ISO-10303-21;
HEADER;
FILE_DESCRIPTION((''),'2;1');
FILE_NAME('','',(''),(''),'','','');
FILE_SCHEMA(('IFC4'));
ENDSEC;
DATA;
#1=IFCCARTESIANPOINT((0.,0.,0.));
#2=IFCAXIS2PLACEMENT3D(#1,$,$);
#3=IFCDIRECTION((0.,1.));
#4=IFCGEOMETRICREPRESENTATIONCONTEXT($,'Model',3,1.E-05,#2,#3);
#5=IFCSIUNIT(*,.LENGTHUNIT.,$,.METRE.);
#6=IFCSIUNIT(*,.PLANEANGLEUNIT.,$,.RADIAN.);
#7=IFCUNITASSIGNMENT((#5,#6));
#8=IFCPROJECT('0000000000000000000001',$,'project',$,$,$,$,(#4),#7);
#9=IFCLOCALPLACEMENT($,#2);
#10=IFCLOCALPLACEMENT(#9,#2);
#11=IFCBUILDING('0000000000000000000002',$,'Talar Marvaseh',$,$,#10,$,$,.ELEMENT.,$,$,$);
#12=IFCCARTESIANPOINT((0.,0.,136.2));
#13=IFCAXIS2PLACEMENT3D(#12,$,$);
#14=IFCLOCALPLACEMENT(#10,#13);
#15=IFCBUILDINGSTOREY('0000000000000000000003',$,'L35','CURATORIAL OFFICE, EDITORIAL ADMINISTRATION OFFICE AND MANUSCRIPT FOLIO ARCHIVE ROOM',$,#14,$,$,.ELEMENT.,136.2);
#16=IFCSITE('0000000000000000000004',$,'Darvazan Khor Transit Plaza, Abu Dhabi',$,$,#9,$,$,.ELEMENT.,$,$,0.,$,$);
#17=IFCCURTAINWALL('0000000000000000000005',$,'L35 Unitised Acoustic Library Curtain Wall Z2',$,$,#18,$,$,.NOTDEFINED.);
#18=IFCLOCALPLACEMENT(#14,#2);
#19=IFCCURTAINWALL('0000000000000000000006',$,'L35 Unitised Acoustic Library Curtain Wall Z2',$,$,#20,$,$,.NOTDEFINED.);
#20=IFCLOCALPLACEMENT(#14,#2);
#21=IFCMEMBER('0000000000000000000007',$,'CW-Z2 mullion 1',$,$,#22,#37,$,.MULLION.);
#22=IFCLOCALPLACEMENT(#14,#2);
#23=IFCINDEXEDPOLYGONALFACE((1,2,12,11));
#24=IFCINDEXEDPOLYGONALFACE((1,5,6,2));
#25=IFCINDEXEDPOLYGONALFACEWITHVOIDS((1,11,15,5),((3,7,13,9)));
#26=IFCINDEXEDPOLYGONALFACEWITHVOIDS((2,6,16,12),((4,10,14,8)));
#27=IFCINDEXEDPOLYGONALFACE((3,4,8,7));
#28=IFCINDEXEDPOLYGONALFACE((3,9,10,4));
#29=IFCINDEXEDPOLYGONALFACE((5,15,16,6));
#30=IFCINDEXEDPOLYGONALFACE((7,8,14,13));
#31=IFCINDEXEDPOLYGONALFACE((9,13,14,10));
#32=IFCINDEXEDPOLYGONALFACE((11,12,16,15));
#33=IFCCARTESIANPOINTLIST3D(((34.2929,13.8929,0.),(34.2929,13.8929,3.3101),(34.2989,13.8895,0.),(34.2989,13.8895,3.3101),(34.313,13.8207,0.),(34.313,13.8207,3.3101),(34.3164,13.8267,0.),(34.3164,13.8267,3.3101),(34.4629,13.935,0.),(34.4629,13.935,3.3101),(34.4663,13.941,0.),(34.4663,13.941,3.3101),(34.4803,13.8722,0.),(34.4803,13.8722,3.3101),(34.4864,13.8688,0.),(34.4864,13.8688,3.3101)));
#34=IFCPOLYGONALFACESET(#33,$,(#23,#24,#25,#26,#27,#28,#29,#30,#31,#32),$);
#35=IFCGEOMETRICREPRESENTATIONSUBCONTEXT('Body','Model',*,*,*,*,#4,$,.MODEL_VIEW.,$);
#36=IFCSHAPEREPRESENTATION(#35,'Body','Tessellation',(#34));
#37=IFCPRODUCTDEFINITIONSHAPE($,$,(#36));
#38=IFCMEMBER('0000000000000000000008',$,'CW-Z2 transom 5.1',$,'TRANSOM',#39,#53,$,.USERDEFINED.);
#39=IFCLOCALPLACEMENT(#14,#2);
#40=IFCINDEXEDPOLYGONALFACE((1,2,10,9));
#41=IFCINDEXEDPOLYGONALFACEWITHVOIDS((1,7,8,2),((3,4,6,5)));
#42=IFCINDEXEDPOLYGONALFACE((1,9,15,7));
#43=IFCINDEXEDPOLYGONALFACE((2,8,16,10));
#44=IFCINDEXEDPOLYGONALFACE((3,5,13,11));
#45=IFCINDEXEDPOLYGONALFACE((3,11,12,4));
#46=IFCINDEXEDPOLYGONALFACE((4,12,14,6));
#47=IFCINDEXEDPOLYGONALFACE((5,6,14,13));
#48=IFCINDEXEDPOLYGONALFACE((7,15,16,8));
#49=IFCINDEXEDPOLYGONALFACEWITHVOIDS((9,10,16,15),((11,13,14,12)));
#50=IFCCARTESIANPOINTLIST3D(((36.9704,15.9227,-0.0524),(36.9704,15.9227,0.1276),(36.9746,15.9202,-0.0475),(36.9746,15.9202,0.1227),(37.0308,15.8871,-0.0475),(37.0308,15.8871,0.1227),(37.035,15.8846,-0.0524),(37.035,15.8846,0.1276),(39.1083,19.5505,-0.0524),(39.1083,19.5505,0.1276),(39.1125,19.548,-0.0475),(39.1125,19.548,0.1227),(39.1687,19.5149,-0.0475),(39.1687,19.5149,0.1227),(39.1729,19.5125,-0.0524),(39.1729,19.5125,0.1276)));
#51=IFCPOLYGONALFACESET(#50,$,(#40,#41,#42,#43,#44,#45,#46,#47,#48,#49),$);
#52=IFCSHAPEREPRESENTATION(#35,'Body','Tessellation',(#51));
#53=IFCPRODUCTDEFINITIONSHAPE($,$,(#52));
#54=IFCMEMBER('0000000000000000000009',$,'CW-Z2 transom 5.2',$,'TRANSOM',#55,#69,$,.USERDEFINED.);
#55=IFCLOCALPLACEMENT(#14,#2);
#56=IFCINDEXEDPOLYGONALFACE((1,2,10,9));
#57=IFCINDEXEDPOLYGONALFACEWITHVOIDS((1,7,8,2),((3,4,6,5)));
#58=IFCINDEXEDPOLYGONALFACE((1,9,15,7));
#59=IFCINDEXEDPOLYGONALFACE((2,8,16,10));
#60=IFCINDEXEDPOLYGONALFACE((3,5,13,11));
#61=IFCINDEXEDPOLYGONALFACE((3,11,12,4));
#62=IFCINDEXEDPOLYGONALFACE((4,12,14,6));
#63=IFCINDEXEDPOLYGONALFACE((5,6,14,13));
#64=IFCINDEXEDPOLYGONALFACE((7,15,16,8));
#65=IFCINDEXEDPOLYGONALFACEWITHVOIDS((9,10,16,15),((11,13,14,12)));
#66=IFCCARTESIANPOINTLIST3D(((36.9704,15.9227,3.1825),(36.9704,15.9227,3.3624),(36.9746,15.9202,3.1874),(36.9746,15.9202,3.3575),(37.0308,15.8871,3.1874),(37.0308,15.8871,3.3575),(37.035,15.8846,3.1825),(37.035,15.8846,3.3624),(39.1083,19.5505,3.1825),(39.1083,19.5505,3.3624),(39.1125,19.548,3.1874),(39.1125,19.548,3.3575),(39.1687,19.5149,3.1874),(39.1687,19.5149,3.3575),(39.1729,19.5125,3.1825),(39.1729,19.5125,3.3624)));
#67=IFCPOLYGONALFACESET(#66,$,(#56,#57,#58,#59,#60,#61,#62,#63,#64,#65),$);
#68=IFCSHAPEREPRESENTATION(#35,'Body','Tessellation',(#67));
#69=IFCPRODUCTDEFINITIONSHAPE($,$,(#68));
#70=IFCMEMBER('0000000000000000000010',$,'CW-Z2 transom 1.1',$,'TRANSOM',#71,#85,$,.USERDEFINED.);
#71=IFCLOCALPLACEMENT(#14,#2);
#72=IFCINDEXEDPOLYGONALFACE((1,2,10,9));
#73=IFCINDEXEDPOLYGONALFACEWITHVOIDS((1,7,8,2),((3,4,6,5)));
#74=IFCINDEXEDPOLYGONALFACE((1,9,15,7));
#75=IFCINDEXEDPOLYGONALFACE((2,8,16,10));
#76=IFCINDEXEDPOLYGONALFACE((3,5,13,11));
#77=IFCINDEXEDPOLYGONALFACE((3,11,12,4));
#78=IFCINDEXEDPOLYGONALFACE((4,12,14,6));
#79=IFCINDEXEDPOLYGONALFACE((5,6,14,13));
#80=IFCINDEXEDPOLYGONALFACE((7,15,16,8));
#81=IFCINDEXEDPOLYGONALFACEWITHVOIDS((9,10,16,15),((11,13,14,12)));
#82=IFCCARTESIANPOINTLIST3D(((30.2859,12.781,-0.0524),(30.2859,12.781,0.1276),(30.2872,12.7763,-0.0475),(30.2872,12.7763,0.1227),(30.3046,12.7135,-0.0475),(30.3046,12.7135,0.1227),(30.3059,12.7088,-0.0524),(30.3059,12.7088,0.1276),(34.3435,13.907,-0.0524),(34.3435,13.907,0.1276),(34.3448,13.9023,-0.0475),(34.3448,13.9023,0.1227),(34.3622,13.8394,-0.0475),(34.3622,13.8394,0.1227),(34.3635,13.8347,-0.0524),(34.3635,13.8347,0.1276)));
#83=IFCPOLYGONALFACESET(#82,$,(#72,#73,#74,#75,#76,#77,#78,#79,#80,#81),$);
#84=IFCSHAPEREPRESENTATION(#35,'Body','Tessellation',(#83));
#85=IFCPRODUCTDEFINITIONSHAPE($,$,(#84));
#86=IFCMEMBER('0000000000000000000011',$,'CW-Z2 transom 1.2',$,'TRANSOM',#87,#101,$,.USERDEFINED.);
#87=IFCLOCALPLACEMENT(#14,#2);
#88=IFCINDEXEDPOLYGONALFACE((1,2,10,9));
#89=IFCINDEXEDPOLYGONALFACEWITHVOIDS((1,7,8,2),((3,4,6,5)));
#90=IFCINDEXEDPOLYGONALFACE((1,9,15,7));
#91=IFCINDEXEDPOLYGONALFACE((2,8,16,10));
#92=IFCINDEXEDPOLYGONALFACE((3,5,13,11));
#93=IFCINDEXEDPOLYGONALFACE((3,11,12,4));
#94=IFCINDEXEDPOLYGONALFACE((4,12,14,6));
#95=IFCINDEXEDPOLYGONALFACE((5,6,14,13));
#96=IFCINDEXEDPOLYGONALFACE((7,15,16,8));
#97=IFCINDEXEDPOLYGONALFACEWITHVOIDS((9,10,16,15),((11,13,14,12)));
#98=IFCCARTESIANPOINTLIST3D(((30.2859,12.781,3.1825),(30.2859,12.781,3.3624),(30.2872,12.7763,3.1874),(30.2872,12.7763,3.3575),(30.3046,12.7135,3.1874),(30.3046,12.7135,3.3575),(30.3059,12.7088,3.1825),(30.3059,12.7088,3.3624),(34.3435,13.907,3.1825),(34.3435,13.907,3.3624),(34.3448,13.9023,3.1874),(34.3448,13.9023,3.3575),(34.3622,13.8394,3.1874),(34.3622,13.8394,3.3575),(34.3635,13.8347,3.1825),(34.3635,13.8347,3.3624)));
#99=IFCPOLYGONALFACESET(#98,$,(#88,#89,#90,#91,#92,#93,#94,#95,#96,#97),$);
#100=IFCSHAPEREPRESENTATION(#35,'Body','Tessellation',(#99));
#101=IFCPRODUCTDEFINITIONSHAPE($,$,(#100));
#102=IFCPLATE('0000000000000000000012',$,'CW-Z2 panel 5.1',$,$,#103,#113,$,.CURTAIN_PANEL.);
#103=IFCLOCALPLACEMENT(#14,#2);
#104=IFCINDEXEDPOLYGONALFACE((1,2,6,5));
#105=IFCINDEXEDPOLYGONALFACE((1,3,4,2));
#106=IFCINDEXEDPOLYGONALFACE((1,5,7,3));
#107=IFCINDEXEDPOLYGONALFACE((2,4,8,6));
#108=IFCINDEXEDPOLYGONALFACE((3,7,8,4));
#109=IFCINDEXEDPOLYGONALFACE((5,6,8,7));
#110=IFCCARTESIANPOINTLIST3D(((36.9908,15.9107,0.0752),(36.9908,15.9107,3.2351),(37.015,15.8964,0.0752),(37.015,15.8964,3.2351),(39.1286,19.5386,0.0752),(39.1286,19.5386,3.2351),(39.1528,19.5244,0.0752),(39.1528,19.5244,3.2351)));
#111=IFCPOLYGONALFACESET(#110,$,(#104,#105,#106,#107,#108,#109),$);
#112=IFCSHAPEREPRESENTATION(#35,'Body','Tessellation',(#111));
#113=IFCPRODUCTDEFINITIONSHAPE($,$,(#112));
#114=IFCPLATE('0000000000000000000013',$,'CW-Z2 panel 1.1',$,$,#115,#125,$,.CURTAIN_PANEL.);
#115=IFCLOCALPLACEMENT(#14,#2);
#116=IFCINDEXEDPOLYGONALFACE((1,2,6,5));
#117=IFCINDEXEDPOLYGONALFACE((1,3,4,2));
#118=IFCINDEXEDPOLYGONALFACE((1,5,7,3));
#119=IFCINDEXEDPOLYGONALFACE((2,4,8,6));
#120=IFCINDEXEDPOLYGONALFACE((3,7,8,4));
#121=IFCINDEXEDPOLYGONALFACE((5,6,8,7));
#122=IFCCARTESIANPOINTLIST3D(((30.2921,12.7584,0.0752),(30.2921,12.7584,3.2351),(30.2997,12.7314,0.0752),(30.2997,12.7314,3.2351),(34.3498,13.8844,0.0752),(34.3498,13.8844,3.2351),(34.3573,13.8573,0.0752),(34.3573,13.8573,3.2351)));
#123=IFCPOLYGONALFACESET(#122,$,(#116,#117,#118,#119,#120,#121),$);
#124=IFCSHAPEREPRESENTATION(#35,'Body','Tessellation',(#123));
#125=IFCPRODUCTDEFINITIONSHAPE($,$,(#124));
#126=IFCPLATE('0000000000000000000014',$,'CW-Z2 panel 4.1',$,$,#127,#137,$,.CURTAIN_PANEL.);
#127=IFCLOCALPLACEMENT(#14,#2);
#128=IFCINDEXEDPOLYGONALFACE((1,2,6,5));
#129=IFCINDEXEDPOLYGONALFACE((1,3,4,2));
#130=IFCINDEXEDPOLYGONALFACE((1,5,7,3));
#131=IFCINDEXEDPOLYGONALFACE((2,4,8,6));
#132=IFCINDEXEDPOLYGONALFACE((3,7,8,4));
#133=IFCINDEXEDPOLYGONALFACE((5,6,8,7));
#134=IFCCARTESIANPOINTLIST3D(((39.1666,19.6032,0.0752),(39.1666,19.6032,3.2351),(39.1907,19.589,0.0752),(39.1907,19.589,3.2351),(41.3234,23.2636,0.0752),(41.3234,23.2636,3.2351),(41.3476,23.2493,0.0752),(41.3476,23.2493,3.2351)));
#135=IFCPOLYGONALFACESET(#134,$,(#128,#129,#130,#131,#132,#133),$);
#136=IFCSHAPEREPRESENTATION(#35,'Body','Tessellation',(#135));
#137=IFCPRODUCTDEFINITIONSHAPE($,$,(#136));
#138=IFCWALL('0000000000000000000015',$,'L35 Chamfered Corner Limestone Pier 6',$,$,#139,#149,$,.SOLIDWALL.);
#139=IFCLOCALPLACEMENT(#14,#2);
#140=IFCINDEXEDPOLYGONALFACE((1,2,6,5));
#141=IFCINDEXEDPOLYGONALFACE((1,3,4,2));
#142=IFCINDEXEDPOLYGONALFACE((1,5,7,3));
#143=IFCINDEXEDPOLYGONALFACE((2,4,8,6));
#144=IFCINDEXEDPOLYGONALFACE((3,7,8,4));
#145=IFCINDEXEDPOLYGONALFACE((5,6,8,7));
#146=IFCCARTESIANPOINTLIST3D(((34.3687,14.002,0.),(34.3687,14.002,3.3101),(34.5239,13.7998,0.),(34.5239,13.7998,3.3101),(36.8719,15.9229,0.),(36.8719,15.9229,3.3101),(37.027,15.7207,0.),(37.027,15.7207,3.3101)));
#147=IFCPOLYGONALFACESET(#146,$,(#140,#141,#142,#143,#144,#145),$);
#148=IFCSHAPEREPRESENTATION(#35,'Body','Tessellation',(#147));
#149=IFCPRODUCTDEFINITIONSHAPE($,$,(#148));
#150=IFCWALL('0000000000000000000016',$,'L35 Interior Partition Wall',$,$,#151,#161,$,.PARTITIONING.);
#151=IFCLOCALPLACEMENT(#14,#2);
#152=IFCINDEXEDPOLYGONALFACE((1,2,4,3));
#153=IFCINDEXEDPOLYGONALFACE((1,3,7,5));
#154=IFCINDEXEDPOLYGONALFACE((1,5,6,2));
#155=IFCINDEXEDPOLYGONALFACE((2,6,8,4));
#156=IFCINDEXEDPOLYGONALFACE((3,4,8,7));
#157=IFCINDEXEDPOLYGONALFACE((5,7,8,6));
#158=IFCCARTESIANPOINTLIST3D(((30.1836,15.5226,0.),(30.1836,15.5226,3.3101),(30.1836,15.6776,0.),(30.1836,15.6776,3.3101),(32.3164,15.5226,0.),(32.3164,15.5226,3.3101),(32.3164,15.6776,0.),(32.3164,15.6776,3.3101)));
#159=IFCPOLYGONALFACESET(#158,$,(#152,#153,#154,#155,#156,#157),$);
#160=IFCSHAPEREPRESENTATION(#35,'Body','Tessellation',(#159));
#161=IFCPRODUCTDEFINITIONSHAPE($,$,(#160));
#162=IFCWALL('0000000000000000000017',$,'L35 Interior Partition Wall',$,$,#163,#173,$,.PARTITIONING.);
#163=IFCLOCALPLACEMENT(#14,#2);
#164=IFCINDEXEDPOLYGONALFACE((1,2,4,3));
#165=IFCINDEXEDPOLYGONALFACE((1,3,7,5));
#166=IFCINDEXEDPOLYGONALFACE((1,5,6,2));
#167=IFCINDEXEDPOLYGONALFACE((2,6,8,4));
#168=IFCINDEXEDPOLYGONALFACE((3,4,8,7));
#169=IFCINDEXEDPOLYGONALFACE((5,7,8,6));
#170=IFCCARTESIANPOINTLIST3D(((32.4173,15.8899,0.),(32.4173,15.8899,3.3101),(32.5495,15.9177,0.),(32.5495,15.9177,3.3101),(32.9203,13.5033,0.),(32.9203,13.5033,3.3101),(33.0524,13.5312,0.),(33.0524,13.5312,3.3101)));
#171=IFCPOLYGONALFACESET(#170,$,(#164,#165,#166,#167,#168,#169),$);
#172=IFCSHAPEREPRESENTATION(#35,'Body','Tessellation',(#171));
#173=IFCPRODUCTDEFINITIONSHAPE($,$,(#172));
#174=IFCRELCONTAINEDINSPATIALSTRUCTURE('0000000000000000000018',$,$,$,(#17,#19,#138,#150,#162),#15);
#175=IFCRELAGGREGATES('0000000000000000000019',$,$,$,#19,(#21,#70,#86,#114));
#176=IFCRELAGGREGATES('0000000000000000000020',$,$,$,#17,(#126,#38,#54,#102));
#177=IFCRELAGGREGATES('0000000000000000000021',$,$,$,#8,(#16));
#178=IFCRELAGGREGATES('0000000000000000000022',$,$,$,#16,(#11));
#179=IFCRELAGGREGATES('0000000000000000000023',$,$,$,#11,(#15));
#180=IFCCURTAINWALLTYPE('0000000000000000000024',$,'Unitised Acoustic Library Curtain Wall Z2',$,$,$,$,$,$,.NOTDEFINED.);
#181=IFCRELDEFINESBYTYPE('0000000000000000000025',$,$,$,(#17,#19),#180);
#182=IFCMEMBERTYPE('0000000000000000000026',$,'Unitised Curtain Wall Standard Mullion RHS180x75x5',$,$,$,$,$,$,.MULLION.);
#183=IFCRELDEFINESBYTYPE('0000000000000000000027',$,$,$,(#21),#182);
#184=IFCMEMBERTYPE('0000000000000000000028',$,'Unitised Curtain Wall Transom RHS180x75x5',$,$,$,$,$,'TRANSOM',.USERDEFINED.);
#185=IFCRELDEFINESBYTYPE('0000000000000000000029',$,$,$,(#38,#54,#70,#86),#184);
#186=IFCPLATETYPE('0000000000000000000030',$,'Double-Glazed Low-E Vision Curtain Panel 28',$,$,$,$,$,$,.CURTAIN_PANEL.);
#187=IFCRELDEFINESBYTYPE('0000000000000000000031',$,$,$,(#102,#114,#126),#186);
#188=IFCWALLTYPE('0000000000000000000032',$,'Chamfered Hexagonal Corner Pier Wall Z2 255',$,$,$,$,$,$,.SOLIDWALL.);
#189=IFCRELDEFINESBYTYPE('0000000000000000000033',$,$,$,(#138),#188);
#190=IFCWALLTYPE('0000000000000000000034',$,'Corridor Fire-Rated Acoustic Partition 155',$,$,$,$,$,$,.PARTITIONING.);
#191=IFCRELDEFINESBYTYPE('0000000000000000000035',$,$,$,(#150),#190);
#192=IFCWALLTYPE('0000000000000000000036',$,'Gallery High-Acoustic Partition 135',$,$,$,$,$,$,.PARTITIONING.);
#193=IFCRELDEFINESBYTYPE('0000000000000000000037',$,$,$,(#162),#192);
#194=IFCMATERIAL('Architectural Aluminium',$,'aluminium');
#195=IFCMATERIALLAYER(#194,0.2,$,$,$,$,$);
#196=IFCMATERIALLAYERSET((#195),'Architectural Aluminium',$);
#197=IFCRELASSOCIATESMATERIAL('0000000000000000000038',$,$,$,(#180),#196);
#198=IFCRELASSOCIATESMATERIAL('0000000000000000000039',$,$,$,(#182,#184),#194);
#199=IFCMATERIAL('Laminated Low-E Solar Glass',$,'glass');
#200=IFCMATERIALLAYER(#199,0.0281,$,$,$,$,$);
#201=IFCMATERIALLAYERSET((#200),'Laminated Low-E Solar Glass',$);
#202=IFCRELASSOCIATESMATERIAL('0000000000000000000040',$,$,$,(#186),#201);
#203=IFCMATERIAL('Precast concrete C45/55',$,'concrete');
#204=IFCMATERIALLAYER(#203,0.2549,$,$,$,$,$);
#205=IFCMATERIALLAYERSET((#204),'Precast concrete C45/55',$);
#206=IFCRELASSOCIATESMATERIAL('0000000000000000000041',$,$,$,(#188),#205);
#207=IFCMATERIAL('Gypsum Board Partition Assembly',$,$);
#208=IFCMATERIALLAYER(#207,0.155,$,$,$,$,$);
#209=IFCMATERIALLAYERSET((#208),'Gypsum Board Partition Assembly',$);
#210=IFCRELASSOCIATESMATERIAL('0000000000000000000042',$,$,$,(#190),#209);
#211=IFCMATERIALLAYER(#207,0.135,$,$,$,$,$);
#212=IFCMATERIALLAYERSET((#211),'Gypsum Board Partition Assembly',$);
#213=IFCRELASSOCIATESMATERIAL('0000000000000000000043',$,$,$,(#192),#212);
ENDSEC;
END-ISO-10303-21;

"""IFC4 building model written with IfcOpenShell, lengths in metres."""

from ifc_helpers import new_model, si_unit, direction, frame, frame_2d, origin, origin_2d, place, context, subcontext, project, spatial, rectangle, hollow_rectangle, extrude, source, transform, mapped, material, layer, layer_set, material_profile, profile_set, type_object, type_shapes, element, aggregate, save


model = new_model("IFC4")

# Units and contexts
model_context = context("Model", 3, precision=1e-05, world=origin(), true_north=direction((0.0, 1.0)))
body_context = subcontext(model_context, "Body", "Model", "MODEL_VIEW")
ifc_project = project(units=[si_unit("LENGTHUNIT", "METRE"), si_unit("PLANEANGLEUNIT", "RADIAN")], contexts=[model_context])

# Site, building, storey
site_placement = place(None, origin())
site = spatial("IfcSite", under=ifc_project, at=site_placement, Name="Darvazan Khor Transit Plaza, Abu Dhabi", CompositionType="ELEMENT", RefElevation=0.0)
building_placement = place(site_placement, origin())
building = spatial("IfcBuilding", under=site, at=building_placement, Name="Talar Marvaseh", CompositionType="ELEMENT")
storey_placement = place(building_placement, frame((0.0, 0.0, 136.2)))
storey = spatial("IfcBuildingStorey", under=building, at=storey_placement, Name="L35", Description="CURATORIAL OFFICE, EDITORIAL ADMINISTRATION OFFICE AND MANUSCRIPT FOLIO ARCHIVE ROOM", CompositionType="ELEMENT", Elevation=136.2)

# Curtain wall
ifc_material_1 = material(Name="Architectural Aluminium", Category="aluminium")
ifc_layer_1 = layer(ifc_material_1, 0.2)
ifc_layer_set_1 = layer_set([ifc_layer_1], Name="Architectural Aluminium")
curtain_wall_type = type_object("IfcCurtainWallType", Name="Unitised Acoustic Library Curtain Wall Z2", PredefinedType="NOTDEFINED", material=ifc_layer_set_1)
curtain_wall_1_placement = place(storey_placement, origin())
curtain_wall_1 = element("IfcCurtainWall", 1, at=curtain_wall_1_placement, inside=storey, type_object=curtain_wall_type, Name="L35 Unitised Acoustic Library Curtain Wall Z2", PredefinedType="NOTDEFINED")
ifc_material_profile_1 = material_profile(ifc_material_1, hollow_rectangle(XDim=0.075, YDim=0.1799, WallThickness=0.0049, at=origin_2d()), Name="RHS180x75x5")
ifc_profile_set_1 = profile_set([ifc_material_profile_1], Name="Architectural Aluminium")
member_type_1 = type_object("IfcMemberType", Name="Unitised Curtain Wall Standard Mullion RHS180x75x5", PredefinedType="MULLION", material=ifc_profile_set_1)
shared_shape_1 = source(origin(), body_context, "Body", "SweptSolid", [
    extrude(hollow_rectangle(XDim=0.075, YDim=0.1799, WallThickness=0.0049, at=origin_2d()), origin(), (0.0, 0.0, 1.0), 3.3101),
])
type_shapes(member_type_1, [shared_shape_1])

# Curtain wall, member
curtain_wall_2_placement = place(storey_placement, origin())
curtain_wall_2 = element("IfcCurtainWall", 2, at=curtain_wall_2_placement, inside=storey, type_object=curtain_wall_type, Name="L35 Unitised Acoustic Library Curtain Wall Z2", PredefinedType="NOTDEFINED")
member_1_placement = place(storey_placement, frame((34.3896, 13.8809, 0.0), z_axis=(0.0, 0.0, 1.0), x_axis=(0.267388, -0.963589, 0.0)))
member_1 = element("IfcMember", 3, at=member_1_placement, type_object=member_type_1, Name="CW-Z2 mullion 1", PredefinedType="MULLION", context=body_context, shape_type="MappedRepresentation", body=[
    mapped(shared_shape_1, transform((0.0, 0.0, 0.0), x_axis=(1.0, 0.0, 0.0), y_axis=(0.0, 1.0, 0.0), z_axis=(0.0, 0.0, 1.0), scale=1.0)),
])

# Members
ifc_material_profile_2 = material_profile(ifc_material_1, hollow_rectangle(XDim=0.075, YDim=0.1799, WallThickness=0.0049, at=origin_2d()), Name="RHS180x75x5")
ifc_profile_set_2 = profile_set([ifc_material_profile_2], Name="Architectural Aluminium")
member_type_2 = type_object("IfcMemberType", Name="Unitised Curtain Wall Transom RHS180x75x5", ElementType="TRANSOM", PredefinedType="USERDEFINED", material=ifc_profile_set_2)
shared_shape_2 = source(origin(), body_context, "Body", "SweptSolid", [
    extrude(hollow_rectangle(XDim=0.075, YDim=0.1799, WallThickness=0.0049, at=origin_2d()), origin(), (0.0, 0.0, 1.0), 4.2109),
])
type_shapes(member_type_2, [shared_shape_2])
member_2_placement = place(storey_placement, frame((39.1406, 19.5315, 0.0376), z_axis=(-0.507702, -0.861533, 0.0), x_axis=(0.861533, -0.507702, 0.0)))
member_2 = element("IfcMember", 4, at=member_2_placement, type_object=member_type_2, Name="CW-Z2 transom 5.1", ObjectType="TRANSOM", PredefinedType="USERDEFINED", context=body_context, shape_type="MappedRepresentation", body=[
    mapped(shared_shape_2, transform((0.0, 0.0, 0.0), x_axis=(1.0, 0.0, 0.0), y_axis=(0.0, 1.0, 0.0), z_axis=(0.0, 0.0, 1.0), scale=1.0)),
])
member_3_placement = place(storey_placement, frame((39.1406, 19.5315, 3.2725), z_axis=(-0.507702, -0.861533, 0.0), x_axis=(0.861533, -0.507702, 0.0)))
member_3 = element("IfcMember", 5, at=member_3_placement, type_object=member_type_2, Name="CW-Z2 transom 5.2", ObjectType="TRANSOM", PredefinedType="USERDEFINED", context=body_context, shape_type="MappedRepresentation", body=[
    mapped(shared_shape_2, transform((0.0, 0.0, 0.0), x_axis=(1.0, 0.0, 0.0), y_axis=(0.0, 1.0, 0.0), z_axis=(0.0, 0.0, 1.0), scale=1.0)),
])
member_4_placement = place(storey_placement, frame((34.3535, 13.8708, 0.0376), z_axis=(-0.963588, -0.267393, 0.0), x_axis=(0.267393, -0.963588, 0.0)))
member_4 = element("IfcMember", 6, at=member_4_placement, type_object=member_type_2, Name="CW-Z2 transom 1.1", ObjectType="TRANSOM", PredefinedType="USERDEFINED", context=body_context, shape_type="MappedRepresentation", body=[
    mapped(shared_shape_2, transform((0.0, 0.0, 0.0), x_axis=(1.0, 0.0, 0.0), y_axis=(0.0, 1.0, 0.0), z_axis=(0.0, 0.0, 1.0), scale=1.0)),
])
member_5_placement = place(storey_placement, frame((34.3535, 13.8708, 3.2725), z_axis=(-0.963588, -0.267393, 0.0), x_axis=(0.267393, -0.963588, 0.0)))
member_5 = element("IfcMember", 7, at=member_5_placement, type_object=member_type_2, Name="CW-Z2 transom 1.2", ObjectType="TRANSOM", PredefinedType="USERDEFINED", context=body_context, shape_type="MappedRepresentation", body=[
    mapped(shared_shape_2, transform((0.0, 0.0, 0.0), x_axis=(1.0, 0.0, 0.0), y_axis=(0.0, 1.0, 0.0), z_axis=(0.0, 0.0, 1.0), scale=1.0)),
])

# Plates
ifc_material_2 = material(Name="Laminated Low-E Solar Glass", Category="glass")
ifc_layer_2 = layer(ifc_material_2, 0.0281)
ifc_layer_set_2 = layer_set([ifc_layer_2], Name="Laminated Low-E Solar Glass")
plate_type = type_object("IfcPlateType", Name="Double-Glazed Low-E Vision Curtain Panel 28", PredefinedType="CURTAIN_PANEL", material=ifc_layer_set_2)
shared_shape_3 = source(origin(), body_context, "Body", "SweptSolid", [
    extrude(rectangle(XDim=4.2109, YDim=0.0281, at=origin_2d()), origin(), (0.0, 0.0, 1.0), 3.1599),
])
plate_1_placement = place(storey_placement, frame((38.0718, 17.7175, 0.0752), z_axis=(0.0, 0.0, 1.0), x_axis=(-0.507673, -0.86155, 0.0)))
plate_1 = element("IfcPlate", 8, at=plate_1_placement, type_object=plate_type, Name="CW-Z2 panel 5.1", PredefinedType="CURTAIN_PANEL", context=body_context, shape_type="MappedRepresentation", body=[
    mapped(shared_shape_3, transform((0.0, 0.0, 0.0), x_axis=(1.0, 0.0, 0.0), y_axis=(0.0, 1.0, 0.0), z_axis=(0.0, 0.0, 1.0), scale=1.0)),
])
plate_2_placement = place(storey_placement, frame((32.3247, 13.3079, 0.0752), z_axis=(0.0, 0.0, 1.0), x_axis=(-0.963589, -0.267388, 0.0)))
plate_2 = element("IfcPlate", 9, at=plate_2_placement, type_object=plate_type, Name="CW-Z2 panel 1.1", PredefinedType="CURTAIN_PANEL", context=body_context, shape_type="MappedRepresentation", body=[
    mapped(shared_shape_3, transform((0.0, 0.0, 0.0), x_axis=(1.0, 0.0, 0.0), y_axis=(0.0, 1.0, 0.0), z_axis=(0.0, 0.0, 1.0), scale=1.0)),
])
aggregate(curtain_wall_2, [member_1, member_4, member_5, plate_2])
shared_shape_4 = source(origin(), body_context, "Body", "SweptSolid", [
    extrude(rectangle(XDim=4.2485, YDim=0.0281, at=origin_2d()), origin(), (0.0, 0.0, 1.0), 3.1599),
])
type_shapes(plate_type, [shared_shape_3, shared_shape_4])
plate_3_placement = place(storey_placement, frame((40.2571, 21.4263, 0.0752), z_axis=(0.0, 0.0, 1.0), x_axis=(-0.507673, -0.86155, 0.0)))
plate_3 = element("IfcPlate", 10, at=plate_3_placement, type_object=plate_type, Name="CW-Z2 panel 4.1", PredefinedType="CURTAIN_PANEL", context=body_context, shape_type="MappedRepresentation", body=[
    mapped(shared_shape_4, transform((0.0, 0.0, 0.0), x_axis=(1.0, 0.0, 0.0), y_axis=(0.0, 1.0, 0.0), z_axis=(0.0, 0.0, 1.0), scale=1.0)),
])
aggregate(curtain_wall_1, [plate_3, member_2, member_3, plate_1])

# Walls
ifc_material_3 = material(Name="Precast concrete C45/55", Category="concrete")
ifc_layer_3 = layer(ifc_material_3, 0.2549)
ifc_layer_set_3 = layer_set([ifc_layer_3], Name="Precast concrete C45/55")
wall_type_1 = type_object("IfcWallType", Name="Chamfered Hexagonal Corner Pier Wall Z2 255", PredefinedType="SOLIDWALL", material=ifc_layer_set_3)
wall_1_placement = place(storey_placement, frame((36.9495, 15.8218, 0.0), z_axis=(0.0, 0.0, 1.0), x_axis=(-0.793331, -0.60879, 0.0)))
element("IfcWall", 11, at=wall_1_placement, inside=storey, type_object=wall_type_1, Name="L35 Chamfered Corner Limestone Pier 6", PredefinedType="SOLIDWALL", context=body_context, shape_type="SweptSolid", body=[
    extrude(rectangle(XDim=3.1553, YDim=0.2549, at=frame_2d((1.5776, 0.0))), origin(), (0.0, 0.0, 1.0), 3.3101),
])
ifc_material_4 = material(Name="Gypsum Board Partition Assembly")
ifc_layer_4 = layer(ifc_material_4, 0.155)
ifc_layer_set_4 = layer_set([ifc_layer_4], Name="Gypsum Board Partition Assembly")
wall_type_2 = type_object("IfcWallType", Name="Corridor Fire-Rated Acoustic Partition 155", PredefinedType="PARTITIONING", material=ifc_layer_set_4)
wall_2_placement = place(storey_placement, frame((32.3164, 15.6001, 0.0), z_axis=(0.0, 0.0, 1.0), x_axis=(-1.0, 0.0, 0.0)))
element("IfcWall", 12, at=wall_2_placement, inside=storey, type_object=wall_type_2, Name="L35 Interior Partition Wall", PredefinedType="PARTITIONING", context=body_context, shape_type="SweptSolid", body=[
    extrude(rectangle(XDim=2.1328, YDim=0.155, at=frame_2d((1.0664, 0.0))), origin(), (0.0, 0.0, 1.0), 3.3101),
])
ifc_layer_5 = layer(ifc_material_4, 0.135)
ifc_layer_set_5 = layer_set([ifc_layer_5], Name="Gypsum Board Partition Assembly")
wall_type_3 = type_object("IfcWallType", Name="Gallery High-Acoustic Partition 135", PredefinedType="PARTITIONING", material=ifc_layer_set_5)
wall_3_placement = place(storey_placement, frame((32.4834, 15.9038, 0.0), z_axis=(0.0, 0.0, 1.0), x_axis=(0.206212, -0.978507, 0.0)))
element("IfcWall", 13, at=wall_3_placement, inside=storey, type_object=wall_type_3, Name="L35 Interior Partition Wall", PredefinedType="PARTITIONING", context=body_context, shape_type="SweptSolid", body=[
    extrude(rectangle(XDim=2.439, YDim=0.135, at=frame_2d((1.2195, 0.0))), origin(), (0.0, 0.0, 1.0), 3.3101),
])

save(model, "model.ifc")
